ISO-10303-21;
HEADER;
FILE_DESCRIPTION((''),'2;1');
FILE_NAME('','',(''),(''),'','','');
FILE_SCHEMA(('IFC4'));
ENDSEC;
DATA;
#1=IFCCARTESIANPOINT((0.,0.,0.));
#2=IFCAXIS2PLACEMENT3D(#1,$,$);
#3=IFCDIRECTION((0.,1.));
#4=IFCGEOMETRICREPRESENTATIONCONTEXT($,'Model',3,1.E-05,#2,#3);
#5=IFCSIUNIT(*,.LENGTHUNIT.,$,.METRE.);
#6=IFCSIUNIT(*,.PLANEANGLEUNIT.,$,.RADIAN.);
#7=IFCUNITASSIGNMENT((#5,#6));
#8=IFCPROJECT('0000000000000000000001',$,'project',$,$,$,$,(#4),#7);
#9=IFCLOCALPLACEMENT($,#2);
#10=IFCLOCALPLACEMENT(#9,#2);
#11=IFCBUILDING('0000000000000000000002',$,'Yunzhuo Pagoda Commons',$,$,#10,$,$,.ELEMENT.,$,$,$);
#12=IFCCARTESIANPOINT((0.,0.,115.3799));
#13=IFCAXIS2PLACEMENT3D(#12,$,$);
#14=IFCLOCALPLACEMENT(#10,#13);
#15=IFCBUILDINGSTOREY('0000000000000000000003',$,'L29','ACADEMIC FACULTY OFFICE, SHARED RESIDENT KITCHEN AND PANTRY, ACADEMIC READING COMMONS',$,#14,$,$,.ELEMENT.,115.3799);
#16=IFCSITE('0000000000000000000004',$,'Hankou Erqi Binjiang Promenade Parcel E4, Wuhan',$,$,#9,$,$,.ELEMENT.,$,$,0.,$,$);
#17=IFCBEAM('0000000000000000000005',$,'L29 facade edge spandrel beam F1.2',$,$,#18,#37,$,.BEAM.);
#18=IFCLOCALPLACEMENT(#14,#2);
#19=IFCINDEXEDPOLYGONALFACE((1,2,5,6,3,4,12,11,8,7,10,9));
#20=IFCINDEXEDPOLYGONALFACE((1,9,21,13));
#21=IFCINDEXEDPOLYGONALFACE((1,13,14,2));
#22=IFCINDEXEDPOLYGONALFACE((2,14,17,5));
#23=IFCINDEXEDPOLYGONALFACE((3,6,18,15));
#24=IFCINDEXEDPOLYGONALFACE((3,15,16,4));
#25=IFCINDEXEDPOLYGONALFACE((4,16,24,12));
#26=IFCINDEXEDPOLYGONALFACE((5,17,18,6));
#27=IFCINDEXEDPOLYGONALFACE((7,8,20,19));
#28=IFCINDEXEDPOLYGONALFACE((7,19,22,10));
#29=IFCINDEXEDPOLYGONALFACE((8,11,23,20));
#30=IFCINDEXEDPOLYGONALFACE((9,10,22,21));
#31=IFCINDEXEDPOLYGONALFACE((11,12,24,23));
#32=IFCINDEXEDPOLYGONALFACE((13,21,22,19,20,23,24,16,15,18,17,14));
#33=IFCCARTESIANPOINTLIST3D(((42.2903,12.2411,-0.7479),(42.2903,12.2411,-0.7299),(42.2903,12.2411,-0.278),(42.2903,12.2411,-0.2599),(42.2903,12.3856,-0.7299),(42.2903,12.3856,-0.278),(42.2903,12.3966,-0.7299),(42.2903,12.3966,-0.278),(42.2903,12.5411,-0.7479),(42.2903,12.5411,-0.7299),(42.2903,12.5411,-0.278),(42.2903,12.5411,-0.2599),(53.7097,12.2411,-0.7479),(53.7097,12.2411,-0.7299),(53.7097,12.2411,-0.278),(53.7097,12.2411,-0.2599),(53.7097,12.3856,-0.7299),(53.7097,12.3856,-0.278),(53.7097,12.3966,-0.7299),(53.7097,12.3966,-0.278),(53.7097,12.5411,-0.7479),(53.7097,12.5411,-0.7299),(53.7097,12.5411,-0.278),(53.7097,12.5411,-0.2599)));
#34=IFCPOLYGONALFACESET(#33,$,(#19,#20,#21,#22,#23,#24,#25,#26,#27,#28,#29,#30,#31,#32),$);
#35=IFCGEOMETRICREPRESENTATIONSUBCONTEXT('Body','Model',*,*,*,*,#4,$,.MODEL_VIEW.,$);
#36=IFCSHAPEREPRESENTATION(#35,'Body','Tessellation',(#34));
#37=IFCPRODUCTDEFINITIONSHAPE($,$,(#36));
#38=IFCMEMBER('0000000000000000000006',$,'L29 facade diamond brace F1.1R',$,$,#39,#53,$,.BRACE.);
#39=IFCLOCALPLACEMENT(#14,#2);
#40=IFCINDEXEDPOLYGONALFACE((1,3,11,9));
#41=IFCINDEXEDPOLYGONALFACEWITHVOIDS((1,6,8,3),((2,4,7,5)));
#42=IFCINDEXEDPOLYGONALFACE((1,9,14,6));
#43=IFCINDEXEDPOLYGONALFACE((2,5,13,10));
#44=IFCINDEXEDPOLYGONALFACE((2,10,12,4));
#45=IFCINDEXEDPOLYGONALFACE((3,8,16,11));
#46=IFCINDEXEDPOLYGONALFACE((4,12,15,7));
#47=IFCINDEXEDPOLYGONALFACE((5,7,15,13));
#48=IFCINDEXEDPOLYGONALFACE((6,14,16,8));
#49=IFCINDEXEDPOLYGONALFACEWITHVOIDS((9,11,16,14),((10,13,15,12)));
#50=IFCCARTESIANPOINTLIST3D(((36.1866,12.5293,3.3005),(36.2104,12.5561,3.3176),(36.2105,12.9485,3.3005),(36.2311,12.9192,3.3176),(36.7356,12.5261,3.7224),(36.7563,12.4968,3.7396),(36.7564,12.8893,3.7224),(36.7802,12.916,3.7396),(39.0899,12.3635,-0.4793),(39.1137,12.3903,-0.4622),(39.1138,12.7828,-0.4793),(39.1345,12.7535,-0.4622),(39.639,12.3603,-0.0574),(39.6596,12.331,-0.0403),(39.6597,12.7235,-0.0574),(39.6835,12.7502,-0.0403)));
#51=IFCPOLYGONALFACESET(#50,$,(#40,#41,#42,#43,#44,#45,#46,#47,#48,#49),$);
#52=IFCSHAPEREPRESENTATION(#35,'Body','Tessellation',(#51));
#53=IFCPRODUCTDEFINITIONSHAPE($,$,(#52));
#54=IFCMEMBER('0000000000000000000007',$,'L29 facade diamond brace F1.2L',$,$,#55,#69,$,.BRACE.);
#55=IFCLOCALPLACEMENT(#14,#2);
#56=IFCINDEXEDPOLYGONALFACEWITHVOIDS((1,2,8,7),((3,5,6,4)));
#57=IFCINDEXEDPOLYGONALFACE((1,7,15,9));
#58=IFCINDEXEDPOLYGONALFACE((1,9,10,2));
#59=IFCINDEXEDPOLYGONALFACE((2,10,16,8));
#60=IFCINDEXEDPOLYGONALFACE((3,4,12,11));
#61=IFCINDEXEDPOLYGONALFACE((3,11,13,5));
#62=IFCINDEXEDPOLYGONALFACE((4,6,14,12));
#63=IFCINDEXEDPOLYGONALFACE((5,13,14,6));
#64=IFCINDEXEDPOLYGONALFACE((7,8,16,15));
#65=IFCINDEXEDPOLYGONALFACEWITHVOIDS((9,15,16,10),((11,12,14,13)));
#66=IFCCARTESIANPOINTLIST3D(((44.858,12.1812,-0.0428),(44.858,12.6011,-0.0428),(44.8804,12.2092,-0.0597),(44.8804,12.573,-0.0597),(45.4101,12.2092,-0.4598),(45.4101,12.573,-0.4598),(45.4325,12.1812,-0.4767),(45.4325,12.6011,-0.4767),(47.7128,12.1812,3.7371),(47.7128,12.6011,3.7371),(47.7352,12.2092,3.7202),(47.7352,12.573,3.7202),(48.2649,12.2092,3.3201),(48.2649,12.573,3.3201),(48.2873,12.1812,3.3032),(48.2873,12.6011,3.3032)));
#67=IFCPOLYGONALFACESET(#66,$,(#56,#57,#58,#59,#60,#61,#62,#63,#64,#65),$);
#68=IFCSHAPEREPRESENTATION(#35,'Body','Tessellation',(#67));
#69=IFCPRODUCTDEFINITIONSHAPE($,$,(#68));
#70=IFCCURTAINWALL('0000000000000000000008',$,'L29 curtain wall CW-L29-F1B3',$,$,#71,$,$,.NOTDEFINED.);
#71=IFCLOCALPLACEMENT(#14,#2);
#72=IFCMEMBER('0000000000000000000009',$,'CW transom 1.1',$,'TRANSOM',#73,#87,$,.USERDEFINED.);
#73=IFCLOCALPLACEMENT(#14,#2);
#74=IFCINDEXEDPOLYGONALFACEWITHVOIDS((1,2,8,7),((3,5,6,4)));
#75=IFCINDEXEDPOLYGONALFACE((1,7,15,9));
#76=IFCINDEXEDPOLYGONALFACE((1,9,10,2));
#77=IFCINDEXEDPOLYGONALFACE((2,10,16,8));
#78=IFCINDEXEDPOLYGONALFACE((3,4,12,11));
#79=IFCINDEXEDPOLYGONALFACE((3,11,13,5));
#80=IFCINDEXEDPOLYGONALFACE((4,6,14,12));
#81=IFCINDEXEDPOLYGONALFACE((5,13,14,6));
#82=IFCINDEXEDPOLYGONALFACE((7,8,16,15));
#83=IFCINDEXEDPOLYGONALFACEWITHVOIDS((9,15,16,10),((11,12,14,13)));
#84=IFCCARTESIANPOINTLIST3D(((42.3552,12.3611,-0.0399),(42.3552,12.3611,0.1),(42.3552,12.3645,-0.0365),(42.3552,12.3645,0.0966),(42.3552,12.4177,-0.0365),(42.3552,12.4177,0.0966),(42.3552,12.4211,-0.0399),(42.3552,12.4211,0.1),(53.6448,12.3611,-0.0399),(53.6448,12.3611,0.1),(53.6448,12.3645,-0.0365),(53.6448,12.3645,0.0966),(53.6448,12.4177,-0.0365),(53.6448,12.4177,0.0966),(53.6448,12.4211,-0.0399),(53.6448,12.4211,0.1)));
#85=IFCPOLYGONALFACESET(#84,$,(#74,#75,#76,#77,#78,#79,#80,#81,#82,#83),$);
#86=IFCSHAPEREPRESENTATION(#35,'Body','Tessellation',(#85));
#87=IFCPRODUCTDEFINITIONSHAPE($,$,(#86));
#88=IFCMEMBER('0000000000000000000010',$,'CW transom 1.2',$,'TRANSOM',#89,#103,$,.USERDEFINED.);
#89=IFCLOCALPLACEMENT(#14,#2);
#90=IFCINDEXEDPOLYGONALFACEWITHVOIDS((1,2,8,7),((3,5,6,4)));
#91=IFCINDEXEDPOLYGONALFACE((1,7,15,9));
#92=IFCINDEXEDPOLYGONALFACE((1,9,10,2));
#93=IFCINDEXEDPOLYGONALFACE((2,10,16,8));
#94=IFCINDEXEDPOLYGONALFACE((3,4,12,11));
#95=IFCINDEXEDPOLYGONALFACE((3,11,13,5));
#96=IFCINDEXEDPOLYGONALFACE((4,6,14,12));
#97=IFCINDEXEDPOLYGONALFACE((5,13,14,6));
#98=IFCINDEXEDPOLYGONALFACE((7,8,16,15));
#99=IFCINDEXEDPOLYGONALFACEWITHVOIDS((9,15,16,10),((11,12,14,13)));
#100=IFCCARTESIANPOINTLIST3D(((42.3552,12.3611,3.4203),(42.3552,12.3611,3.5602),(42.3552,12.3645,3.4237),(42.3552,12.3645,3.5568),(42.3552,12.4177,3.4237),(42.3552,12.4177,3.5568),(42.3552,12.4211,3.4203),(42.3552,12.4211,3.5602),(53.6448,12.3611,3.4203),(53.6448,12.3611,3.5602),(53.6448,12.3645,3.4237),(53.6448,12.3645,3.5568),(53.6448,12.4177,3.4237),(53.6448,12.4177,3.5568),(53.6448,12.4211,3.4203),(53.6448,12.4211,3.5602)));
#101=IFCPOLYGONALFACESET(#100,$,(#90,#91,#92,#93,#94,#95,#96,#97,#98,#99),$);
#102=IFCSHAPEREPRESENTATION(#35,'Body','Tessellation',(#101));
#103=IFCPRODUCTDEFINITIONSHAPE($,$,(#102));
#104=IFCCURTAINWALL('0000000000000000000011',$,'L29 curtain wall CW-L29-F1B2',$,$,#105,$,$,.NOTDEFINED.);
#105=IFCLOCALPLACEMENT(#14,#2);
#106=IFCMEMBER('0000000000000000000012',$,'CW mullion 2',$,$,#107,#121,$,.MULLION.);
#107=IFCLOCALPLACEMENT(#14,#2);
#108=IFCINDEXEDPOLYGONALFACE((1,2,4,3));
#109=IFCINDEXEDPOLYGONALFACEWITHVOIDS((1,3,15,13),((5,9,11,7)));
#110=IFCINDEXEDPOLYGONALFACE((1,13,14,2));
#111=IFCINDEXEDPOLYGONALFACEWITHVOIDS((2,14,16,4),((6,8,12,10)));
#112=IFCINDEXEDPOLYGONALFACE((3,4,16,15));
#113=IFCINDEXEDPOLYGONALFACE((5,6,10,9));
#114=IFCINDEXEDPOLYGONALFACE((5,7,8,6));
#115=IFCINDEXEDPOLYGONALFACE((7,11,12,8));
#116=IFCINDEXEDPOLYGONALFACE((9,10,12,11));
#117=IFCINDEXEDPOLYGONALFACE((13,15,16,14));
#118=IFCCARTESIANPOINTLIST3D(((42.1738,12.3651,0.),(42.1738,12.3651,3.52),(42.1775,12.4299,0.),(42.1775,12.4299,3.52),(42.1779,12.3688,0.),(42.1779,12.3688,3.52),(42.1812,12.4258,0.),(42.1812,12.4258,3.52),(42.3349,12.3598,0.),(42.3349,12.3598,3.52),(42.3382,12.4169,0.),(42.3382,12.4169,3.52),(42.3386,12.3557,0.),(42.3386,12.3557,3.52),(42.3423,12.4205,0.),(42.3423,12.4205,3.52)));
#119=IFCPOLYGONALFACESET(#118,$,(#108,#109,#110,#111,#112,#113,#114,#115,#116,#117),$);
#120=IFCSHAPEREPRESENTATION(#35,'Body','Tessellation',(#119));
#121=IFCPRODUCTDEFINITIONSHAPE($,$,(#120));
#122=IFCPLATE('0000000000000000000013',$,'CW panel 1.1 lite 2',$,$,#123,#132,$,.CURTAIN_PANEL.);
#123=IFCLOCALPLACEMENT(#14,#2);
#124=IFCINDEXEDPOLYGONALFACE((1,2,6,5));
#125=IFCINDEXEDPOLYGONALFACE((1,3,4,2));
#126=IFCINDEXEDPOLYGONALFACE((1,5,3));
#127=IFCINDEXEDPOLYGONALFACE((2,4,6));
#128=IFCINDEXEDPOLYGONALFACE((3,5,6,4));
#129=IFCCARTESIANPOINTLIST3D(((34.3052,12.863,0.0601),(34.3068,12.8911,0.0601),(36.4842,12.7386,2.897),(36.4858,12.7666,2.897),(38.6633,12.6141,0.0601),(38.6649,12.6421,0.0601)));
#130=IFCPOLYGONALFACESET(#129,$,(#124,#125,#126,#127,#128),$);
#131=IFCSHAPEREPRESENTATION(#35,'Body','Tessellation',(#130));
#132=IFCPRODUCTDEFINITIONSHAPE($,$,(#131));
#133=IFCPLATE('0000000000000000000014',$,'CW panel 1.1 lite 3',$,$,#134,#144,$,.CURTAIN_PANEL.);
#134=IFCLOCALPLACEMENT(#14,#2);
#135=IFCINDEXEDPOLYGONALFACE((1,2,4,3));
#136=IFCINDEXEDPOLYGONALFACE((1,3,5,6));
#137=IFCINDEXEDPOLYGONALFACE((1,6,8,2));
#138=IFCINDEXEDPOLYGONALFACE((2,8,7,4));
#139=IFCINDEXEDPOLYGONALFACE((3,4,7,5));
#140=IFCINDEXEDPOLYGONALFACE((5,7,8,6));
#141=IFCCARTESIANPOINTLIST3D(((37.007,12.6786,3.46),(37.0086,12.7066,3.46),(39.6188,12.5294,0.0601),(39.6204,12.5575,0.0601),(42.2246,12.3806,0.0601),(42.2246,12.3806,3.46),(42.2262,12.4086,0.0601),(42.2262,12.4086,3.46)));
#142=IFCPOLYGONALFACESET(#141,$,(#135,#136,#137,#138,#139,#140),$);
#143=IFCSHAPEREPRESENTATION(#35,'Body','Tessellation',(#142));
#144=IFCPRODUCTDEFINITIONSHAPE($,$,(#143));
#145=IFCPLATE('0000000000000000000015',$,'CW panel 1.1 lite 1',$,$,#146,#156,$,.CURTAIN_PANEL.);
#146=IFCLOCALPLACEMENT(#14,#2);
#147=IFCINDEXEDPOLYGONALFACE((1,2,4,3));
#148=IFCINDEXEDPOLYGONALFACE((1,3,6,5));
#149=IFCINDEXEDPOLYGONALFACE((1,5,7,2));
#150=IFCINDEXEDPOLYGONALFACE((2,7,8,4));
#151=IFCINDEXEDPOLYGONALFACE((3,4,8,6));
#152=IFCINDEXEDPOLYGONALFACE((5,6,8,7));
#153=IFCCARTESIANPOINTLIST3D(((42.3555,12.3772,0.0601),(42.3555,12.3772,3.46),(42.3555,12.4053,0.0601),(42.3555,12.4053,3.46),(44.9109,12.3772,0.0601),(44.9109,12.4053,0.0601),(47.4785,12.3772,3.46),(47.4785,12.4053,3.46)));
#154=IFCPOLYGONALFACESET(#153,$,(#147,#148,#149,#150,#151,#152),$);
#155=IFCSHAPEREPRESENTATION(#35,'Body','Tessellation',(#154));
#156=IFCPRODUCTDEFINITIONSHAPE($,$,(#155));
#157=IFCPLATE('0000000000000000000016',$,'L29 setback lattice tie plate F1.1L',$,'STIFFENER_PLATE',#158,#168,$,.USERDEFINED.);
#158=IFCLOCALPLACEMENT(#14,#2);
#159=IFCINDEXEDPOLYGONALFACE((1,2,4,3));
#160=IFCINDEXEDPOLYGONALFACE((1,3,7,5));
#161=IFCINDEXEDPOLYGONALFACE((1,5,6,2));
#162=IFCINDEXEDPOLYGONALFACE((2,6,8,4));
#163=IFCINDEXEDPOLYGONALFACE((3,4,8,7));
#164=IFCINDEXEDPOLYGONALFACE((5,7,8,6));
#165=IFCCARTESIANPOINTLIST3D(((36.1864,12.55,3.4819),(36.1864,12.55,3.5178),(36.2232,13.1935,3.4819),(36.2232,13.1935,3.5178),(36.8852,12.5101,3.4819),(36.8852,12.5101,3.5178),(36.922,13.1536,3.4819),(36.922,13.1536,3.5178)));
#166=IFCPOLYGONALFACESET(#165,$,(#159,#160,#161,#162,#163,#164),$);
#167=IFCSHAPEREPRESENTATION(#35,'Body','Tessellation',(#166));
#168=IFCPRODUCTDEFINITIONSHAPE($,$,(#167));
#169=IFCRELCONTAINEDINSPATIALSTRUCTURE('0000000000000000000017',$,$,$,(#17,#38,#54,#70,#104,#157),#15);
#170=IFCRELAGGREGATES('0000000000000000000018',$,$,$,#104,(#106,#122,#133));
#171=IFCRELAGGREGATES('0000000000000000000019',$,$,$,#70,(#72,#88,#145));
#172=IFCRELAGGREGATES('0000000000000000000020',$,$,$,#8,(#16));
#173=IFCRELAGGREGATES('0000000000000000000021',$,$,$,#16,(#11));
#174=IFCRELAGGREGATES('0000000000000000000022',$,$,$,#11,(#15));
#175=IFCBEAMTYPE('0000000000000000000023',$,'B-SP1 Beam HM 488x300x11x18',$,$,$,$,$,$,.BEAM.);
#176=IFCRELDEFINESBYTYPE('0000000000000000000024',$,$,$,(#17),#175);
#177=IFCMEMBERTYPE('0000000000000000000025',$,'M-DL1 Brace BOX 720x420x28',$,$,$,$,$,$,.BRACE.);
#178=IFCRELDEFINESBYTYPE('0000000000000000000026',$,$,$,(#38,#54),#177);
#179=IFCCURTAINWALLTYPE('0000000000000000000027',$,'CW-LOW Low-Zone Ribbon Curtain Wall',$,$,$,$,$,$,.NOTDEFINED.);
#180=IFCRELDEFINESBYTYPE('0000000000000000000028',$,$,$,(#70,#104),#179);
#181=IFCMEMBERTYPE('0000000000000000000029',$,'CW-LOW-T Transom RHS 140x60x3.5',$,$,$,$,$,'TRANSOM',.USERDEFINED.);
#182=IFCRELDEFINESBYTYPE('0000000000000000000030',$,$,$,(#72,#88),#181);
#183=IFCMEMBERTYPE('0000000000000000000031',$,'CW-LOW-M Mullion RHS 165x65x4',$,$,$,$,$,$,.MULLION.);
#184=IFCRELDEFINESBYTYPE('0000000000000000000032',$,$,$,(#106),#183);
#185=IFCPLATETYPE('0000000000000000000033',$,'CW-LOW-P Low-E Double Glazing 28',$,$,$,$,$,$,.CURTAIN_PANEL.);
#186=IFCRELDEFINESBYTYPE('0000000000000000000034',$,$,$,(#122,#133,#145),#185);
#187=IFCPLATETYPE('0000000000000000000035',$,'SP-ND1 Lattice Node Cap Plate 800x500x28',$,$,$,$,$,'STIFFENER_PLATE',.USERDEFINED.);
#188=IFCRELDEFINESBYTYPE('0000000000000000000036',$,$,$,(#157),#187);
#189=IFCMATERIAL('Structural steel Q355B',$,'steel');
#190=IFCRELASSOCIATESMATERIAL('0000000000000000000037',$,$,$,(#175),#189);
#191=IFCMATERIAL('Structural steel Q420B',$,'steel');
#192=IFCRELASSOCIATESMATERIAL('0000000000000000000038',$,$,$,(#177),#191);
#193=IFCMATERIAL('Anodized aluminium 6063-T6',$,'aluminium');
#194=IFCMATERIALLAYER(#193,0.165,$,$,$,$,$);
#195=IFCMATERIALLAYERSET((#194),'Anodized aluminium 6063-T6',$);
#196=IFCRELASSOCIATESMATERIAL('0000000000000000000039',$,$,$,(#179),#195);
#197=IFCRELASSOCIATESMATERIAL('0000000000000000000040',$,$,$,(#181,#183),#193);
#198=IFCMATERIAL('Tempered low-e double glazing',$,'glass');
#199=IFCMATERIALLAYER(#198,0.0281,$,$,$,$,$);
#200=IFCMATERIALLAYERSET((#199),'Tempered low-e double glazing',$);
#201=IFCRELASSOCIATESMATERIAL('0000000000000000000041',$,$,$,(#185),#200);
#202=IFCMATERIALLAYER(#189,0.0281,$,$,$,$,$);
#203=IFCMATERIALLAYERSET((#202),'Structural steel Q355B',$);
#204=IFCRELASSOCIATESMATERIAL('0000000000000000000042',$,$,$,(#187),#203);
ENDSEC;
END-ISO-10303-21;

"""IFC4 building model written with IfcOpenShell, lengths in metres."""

from ifc_helpers import new_model, si_unit, direction, frame, origin, origin_2d, place, context, subcontext, project, spatial, polyline, rectangle, hollow_rectangle, i_section, outline, extrude, source, transform, mapped, material, layer, layer_set, material_profile, profile_set, type_object, element, aggregate, save


model = new_model("IFC4")

# Units and contexts
model_context = context("Model", 3, precision=1e-05, world=origin(), true_north=direction((0.0, 1.0)))
body_context = subcontext(model_context, "Body", "Model", "MODEL_VIEW")
ifc_project = project(units=[si_unit("LENGTHUNIT", "METRE"), si_unit("PLANEANGLEUNIT", "RADIAN")], contexts=[model_context])

# Site, building, storey
site_placement = place(None, origin())
site = spatial("IfcSite", under=ifc_project, at=site_placement, Name="Hankou Erqi Binjiang Promenade Parcel E4, Wuhan", CompositionType="ELEMENT", RefElevation=0.0)
building_placement = place(site_placement, origin())
building = spatial("IfcBuilding", under=site, at=building_placement, Name="Yunzhuo Pagoda Commons", CompositionType="ELEMENT")
storey_placement = place(building_placement, frame((0.0, 0.0, 115.3799)))
storey = spatial("IfcBuildingStorey", under=building, at=storey_placement, Name="L29", Description="ACADEMIC FACULTY OFFICE, SHARED RESIDENT KITCHEN AND PANTRY, ACADEMIC READING COMMONS", CompositionType="ELEMENT", Elevation=115.3799)

# Shared definitions
ifc_material_1 = material(Name="Structural steel Q420B", Category="steel")

# Beam
ifc_material_2 = material(Name="Structural steel Q355B", Category="steel")
ifc_material_profile_1 = material_profile(ifc_material_2, i_section(OverallWidth=0.3, OverallDepth=0.488, WebThickness=0.011, FlangeThickness=0.0181, at=origin_2d()), Name="Structural steel Q355B")
ifc_profile_set_1 = profile_set([ifc_material_profile_1], Name="Structural steel Q355B")
beam_type_1 = type_object("IfcBeamType", Name="B-SP1 Beam HM 488x300x11x18", PredefinedType="BEAM", material=ifc_profile_set_1)
shared_shape_1 = source(origin(), body_context, "Body", "SweptSolid", [
    extrude(i_section(OverallWidth=0.3, OverallDepth=0.488, WebThickness=0.011, FlangeThickness=0.0181, at=origin_2d()), origin(), (0.0, 0.0, 1.0), 11.4194),
])
beam_1_placement = place(storey_placement, frame((42.2903, 12.3911, -0.5039), z_axis=(1.0, 0.0, 0.0), x_axis=(0.0, 1.0, 0.0)))
element("IfcBeam", 1, at=beam_1_placement, inside=storey, type_object=beam_type_1, Name="L29 facade edge spandrel beam F1.2", PredefinedType="BEAM", context=body_context, shape_type="MappedRepresentation", body=[
    mapped(shared_shape_1, transform((0.0, 0.0, 0.0), scale=1.0)),
])

# Members
ifc_material_profile_2 = material_profile(ifc_material_1, hollow_rectangle(XDim=0.4199, YDim=0.72, WallThickness=0.0281, at=origin_2d()), Name="Structural steel Q420B")
ifc_profile_set_2 = profile_set([ifc_material_profile_2], Name="Structural steel Q420B")
member_type_1 = type_object("IfcMemberType", Name="M-DL1 Brace BOX 720x420x28", PredefinedType="BRACE", material=ifc_profile_set_2)
shared_shape_2 = source(origin(), body_context, "Body", "SweptSolid", [
    extrude(hollow_rectangle(XDim=0.4199, YDim=0.72, WallThickness=0.0281, at=origin_2d()), origin(), (0.0, 0.0, 1.0), 4.769),
])
member_1_placement = place(storey_placement, frame((39.3867, 12.5569, -0.2598), z_axis=(-0.608788, 0.03476, 0.792571), x_axis=(-0.057004, -0.998374, 0.0)))
element("IfcMember", 2, at=member_1_placement, inside=storey, type_object=member_type_1, Name="L29 facade diamond brace F1.1R", PredefinedType="BRACE", context=body_context, shape_type="MappedRepresentation", body=[
    mapped(shared_shape_2, transform((0.0, 0.0, 0.0), scale=1.0)),
])
shared_shape_3 = source(origin(), body_context, "Body", "SweptSolid", [
    extrude(hollow_rectangle(XDim=0.4199, YDim=0.72, WallThickness=0.0281, at=origin_2d()), origin(), (0.0, 0.0, 1.0), 4.7368),
])
member_2_placement = place(storey_placement, frame((45.1453, 12.3911, -0.2598), z_axis=(0.602685, 0.0, 0.797979), x_axis=(0.0, 1.0, 0.0)))
element("IfcMember", 3, at=member_2_placement, inside=storey, type_object=member_type_1, Name="L29 facade diamond brace F1.2L", PredefinedType="BRACE", context=body_context, shape_type="MappedRepresentation", body=[
    mapped(shared_shape_3, transform((0.0, 0.0, 0.0), scale=1.0)),
])

# Curtain wall, members
ifc_material_3 = material(Name="Anodized aluminium 6063-T6", Category="aluminium")
ifc_layer_1 = layer(ifc_material_3, 0.165)
ifc_layer_set_1 = layer_set([ifc_layer_1], Name="Anodized aluminium 6063-T6")
curtain_wall_type = type_object("IfcCurtainWallType", Name="CW-LOW Low-Zone Ribbon Curtain Wall", PredefinedType="NOTDEFINED", material=ifc_layer_set_1)
curtain_wall_1_placement = place(storey_placement, origin())
curtain_wall_1 = element("IfcCurtainWall", 4, at=curtain_wall_1_placement, inside=storey, type_object=curtain_wall_type, Name="L29 curtain wall CW-L29-F1B3", PredefinedType="NOTDEFINED")
ifc_material_profile_3 = material_profile(ifc_material_3, hollow_rectangle(XDim=0.0601, YDim=0.1399, WallThickness=0.0034, at=origin_2d()), Name="Anodized aluminium 6063-T6")
ifc_profile_set_3 = profile_set([ifc_material_profile_3], Name="Anodized aluminium 6063-T6")
member_type_2 = type_object("IfcMemberType", Name="CW-LOW-T Transom RHS 140x60x3.5", ElementType="TRANSOM", PredefinedType="USERDEFINED", material=ifc_profile_set_3)
shared_shape_4 = source(origin(), body_context, "Body", "SweptSolid", [
    extrude(hollow_rectangle(XDim=0.0601, YDim=0.1399, WallThickness=0.0034, at=origin_2d()), origin(), (0.0, 0.0, 1.0), 11.2896),
])
member_3_placement = place(storey_placement, frame((42.3552, 12.3911, 0.03), z_axis=(1.0, 0.0, 0.0), x_axis=(0.0, 1.0, 0.0)))
member_3 = element("IfcMember", 5, at=member_3_placement, type_object=member_type_2, Name="CW transom 1.1", ObjectType="TRANSOM", PredefinedType="USERDEFINED", context=body_context, shape_type="MappedRepresentation", body=[
    mapped(shared_shape_4, transform((0.0, 0.0, 0.0), scale=1.0)),
])
member_4_placement = place(storey_placement, frame((42.3552, 12.3911, 3.4902), z_axis=(1.0, 0.0, 0.0), x_axis=(0.0, 1.0, 0.0)))
member_4 = element("IfcMember", 6, at=member_4_placement, type_object=member_type_2, Name="CW transom 1.2", ObjectType="TRANSOM", PredefinedType="USERDEFINED", context=body_context, shape_type="MappedRepresentation", body=[
    mapped(shared_shape_4, transform((0.0, 0.0, 0.0), scale=1.0)),
])

# Curtain wall, member, plates
curtain_wall_2_placement = place(storey_placement, origin())
curtain_wall_2 = element("IfcCurtainWall", 7, at=curtain_wall_2_placement, inside=storey, type_object=curtain_wall_type, Name="L29 curtain wall CW-L29-F1B2", PredefinedType="NOTDEFINED")
ifc_material_profile_4 = material_profile(ifc_material_3, hollow_rectangle(XDim=0.0649, YDim=0.165, WallThickness=0.0039, at=origin_2d()), Name="Anodized aluminium 6063-T6")
ifc_profile_set_4 = profile_set([ifc_material_profile_4], Name="Anodized aluminium 6063-T6")
member_type_3 = type_object("IfcMemberType", Name="CW-LOW-M Mullion RHS 165x65x4", PredefinedType="MULLION", material=ifc_profile_set_4)
shared_shape_5 = source(origin(), body_context, "Body", "SweptSolid", [
    extrude(hollow_rectangle(XDim=0.0649, YDim=0.165, WallThickness=0.0039, at=origin_2d()), origin(), (0.0, 0.0, 1.0), 3.52),
])
member_5_placement = place(storey_placement, frame((42.2581, 12.3928, 0.0), z_axis=(0.0, 0.0, 1.0), x_axis=(0.057028, 0.998373, 0.0)))
member_5 = element("IfcMember", 8, at=member_5_placement, type_object=member_type_3, Name="CW mullion 2", PredefinedType="MULLION", context=body_context, shape_type="MappedRepresentation", body=[
    mapped(shared_shape_5, transform((0.0, 0.0, 0.0), scale=1.0)),
])
ifc_material_4 = material(Name="Tempered low-e double glazing", Category="glass")
ifc_layer_2 = layer(ifc_material_4, 0.0281)
ifc_layer_set_2 = layer_set([ifc_layer_2], Name="Tempered low-e double glazing")
plate_type_1 = type_object("IfcPlateType", Name="CW-LOW-P Low-E Double Glazing 28", PredefinedType="CURTAIN_PANEL", material=ifc_layer_set_2)
plate_1_placement = place(storey_placement, frame((36.4858, 12.7666, 1.4785), z_axis=(-0.057028, -0.998373, 0.0), x_axis=(0.998373, -0.057028, 0.0)))
plate_1 = element("IfcPlate", 9, at=plate_1_placement, type_object=plate_type_1, Name="CW panel 1.1 lite 2", PredefinedType="CURTAIN_PANEL", context=body_context, shape_type="SweptSolid", body=[
    extrude(outline(polyline([(-2.1826, -1.4185), (2.1826, -1.4185), (0.0, 1.4185), (-2.1826, -1.4185)])), origin(), (0.0, 0.0, 1.0), 0.0281),
])
plate_2_placement = place(storey_placement, frame((39.6174, 12.5576, 1.76), z_axis=(-0.057028, -0.998373, 0.0), x_axis=(0.998373, -0.057028, 0.0)))
plate_2 = element("IfcPlate", 10, at=plate_2_placement, type_object=plate_type_1, Name="CW panel 1.1 lite 3", PredefinedType="CURTAIN_PANEL", context=body_context, shape_type="SweptSolid", body=[
    extrude(outline(polyline([(-2.613, 1.7), (0.0029, -1.7), (2.613, -1.7), (2.613, 1.7), (-2.613, 1.7)])), origin(), (0.0, 0.0, 1.0), 0.0281),
])
aggregate(curtain_wall_2, [member_5, plate_1, plate_2])

# Plates
plate_3_placement = place(storey_placement, frame((44.917, 12.4053, 1.76), z_axis=(0.0, -1.0, 0.0), x_axis=(1.0, 0.0, 0.0)))
plate_3 = element("IfcPlate", 11, at=plate_3_placement, type_object=plate_type_1, Name="CW panel 1.1 lite 1", PredefinedType="CURTAIN_PANEL", context=body_context, shape_type="SweptSolid", body=[
    extrude(outline(polyline([(-2.5615, -1.7), (-0.0061, -1.7), (2.5615, 1.7), (-2.5615, 1.7), (-2.5615, -1.7)])), origin(), (0.0, 0.0, 1.0), 0.0281),
])
aggregate(curtain_wall_1, [member_3, member_4, plate_3])
ifc_layer_3 = layer(ifc_material_2, 0.0281)
ifc_layer_set_3 = layer_set([ifc_layer_3], Name="Structural steel Q355B")
plate_type_2 = type_object("IfcPlateType", Name="SP-ND1 Lattice Node Cap Plate 800x500x28", ElementType="STIFFENER_PLATE", PredefinedType="USERDEFINED", material=ifc_layer_set_3)
shared_shape_6 = source(origin(), body_context, "Body", "SweptSolid", [
    extrude(rectangle(XDim=0.7, YDim=0.6445, at=origin_2d()), origin(), (0.0, 0.0, 1.0), 0.0359),
])
plate_4_placement = place(storey_placement, frame((36.5542, 12.8518, 3.4819), z_axis=(0.0, 0.0, 1.0), x_axis=(0.998373, -0.057024, 0.0)))
element("IfcPlate", 12, at=plate_4_placement, inside=storey, type_object=plate_type_2, Name="L29 setback lattice tie plate F1.1L", ObjectType="STIFFENER_PLATE", PredefinedType="USERDEFINED", context=body_context, shape_type="MappedRepresentation", body=[
    mapped(shared_shape_6, transform((0.0, 0.0, 0.0), scale=1.0)),
])

save(model, "model.ifc")
